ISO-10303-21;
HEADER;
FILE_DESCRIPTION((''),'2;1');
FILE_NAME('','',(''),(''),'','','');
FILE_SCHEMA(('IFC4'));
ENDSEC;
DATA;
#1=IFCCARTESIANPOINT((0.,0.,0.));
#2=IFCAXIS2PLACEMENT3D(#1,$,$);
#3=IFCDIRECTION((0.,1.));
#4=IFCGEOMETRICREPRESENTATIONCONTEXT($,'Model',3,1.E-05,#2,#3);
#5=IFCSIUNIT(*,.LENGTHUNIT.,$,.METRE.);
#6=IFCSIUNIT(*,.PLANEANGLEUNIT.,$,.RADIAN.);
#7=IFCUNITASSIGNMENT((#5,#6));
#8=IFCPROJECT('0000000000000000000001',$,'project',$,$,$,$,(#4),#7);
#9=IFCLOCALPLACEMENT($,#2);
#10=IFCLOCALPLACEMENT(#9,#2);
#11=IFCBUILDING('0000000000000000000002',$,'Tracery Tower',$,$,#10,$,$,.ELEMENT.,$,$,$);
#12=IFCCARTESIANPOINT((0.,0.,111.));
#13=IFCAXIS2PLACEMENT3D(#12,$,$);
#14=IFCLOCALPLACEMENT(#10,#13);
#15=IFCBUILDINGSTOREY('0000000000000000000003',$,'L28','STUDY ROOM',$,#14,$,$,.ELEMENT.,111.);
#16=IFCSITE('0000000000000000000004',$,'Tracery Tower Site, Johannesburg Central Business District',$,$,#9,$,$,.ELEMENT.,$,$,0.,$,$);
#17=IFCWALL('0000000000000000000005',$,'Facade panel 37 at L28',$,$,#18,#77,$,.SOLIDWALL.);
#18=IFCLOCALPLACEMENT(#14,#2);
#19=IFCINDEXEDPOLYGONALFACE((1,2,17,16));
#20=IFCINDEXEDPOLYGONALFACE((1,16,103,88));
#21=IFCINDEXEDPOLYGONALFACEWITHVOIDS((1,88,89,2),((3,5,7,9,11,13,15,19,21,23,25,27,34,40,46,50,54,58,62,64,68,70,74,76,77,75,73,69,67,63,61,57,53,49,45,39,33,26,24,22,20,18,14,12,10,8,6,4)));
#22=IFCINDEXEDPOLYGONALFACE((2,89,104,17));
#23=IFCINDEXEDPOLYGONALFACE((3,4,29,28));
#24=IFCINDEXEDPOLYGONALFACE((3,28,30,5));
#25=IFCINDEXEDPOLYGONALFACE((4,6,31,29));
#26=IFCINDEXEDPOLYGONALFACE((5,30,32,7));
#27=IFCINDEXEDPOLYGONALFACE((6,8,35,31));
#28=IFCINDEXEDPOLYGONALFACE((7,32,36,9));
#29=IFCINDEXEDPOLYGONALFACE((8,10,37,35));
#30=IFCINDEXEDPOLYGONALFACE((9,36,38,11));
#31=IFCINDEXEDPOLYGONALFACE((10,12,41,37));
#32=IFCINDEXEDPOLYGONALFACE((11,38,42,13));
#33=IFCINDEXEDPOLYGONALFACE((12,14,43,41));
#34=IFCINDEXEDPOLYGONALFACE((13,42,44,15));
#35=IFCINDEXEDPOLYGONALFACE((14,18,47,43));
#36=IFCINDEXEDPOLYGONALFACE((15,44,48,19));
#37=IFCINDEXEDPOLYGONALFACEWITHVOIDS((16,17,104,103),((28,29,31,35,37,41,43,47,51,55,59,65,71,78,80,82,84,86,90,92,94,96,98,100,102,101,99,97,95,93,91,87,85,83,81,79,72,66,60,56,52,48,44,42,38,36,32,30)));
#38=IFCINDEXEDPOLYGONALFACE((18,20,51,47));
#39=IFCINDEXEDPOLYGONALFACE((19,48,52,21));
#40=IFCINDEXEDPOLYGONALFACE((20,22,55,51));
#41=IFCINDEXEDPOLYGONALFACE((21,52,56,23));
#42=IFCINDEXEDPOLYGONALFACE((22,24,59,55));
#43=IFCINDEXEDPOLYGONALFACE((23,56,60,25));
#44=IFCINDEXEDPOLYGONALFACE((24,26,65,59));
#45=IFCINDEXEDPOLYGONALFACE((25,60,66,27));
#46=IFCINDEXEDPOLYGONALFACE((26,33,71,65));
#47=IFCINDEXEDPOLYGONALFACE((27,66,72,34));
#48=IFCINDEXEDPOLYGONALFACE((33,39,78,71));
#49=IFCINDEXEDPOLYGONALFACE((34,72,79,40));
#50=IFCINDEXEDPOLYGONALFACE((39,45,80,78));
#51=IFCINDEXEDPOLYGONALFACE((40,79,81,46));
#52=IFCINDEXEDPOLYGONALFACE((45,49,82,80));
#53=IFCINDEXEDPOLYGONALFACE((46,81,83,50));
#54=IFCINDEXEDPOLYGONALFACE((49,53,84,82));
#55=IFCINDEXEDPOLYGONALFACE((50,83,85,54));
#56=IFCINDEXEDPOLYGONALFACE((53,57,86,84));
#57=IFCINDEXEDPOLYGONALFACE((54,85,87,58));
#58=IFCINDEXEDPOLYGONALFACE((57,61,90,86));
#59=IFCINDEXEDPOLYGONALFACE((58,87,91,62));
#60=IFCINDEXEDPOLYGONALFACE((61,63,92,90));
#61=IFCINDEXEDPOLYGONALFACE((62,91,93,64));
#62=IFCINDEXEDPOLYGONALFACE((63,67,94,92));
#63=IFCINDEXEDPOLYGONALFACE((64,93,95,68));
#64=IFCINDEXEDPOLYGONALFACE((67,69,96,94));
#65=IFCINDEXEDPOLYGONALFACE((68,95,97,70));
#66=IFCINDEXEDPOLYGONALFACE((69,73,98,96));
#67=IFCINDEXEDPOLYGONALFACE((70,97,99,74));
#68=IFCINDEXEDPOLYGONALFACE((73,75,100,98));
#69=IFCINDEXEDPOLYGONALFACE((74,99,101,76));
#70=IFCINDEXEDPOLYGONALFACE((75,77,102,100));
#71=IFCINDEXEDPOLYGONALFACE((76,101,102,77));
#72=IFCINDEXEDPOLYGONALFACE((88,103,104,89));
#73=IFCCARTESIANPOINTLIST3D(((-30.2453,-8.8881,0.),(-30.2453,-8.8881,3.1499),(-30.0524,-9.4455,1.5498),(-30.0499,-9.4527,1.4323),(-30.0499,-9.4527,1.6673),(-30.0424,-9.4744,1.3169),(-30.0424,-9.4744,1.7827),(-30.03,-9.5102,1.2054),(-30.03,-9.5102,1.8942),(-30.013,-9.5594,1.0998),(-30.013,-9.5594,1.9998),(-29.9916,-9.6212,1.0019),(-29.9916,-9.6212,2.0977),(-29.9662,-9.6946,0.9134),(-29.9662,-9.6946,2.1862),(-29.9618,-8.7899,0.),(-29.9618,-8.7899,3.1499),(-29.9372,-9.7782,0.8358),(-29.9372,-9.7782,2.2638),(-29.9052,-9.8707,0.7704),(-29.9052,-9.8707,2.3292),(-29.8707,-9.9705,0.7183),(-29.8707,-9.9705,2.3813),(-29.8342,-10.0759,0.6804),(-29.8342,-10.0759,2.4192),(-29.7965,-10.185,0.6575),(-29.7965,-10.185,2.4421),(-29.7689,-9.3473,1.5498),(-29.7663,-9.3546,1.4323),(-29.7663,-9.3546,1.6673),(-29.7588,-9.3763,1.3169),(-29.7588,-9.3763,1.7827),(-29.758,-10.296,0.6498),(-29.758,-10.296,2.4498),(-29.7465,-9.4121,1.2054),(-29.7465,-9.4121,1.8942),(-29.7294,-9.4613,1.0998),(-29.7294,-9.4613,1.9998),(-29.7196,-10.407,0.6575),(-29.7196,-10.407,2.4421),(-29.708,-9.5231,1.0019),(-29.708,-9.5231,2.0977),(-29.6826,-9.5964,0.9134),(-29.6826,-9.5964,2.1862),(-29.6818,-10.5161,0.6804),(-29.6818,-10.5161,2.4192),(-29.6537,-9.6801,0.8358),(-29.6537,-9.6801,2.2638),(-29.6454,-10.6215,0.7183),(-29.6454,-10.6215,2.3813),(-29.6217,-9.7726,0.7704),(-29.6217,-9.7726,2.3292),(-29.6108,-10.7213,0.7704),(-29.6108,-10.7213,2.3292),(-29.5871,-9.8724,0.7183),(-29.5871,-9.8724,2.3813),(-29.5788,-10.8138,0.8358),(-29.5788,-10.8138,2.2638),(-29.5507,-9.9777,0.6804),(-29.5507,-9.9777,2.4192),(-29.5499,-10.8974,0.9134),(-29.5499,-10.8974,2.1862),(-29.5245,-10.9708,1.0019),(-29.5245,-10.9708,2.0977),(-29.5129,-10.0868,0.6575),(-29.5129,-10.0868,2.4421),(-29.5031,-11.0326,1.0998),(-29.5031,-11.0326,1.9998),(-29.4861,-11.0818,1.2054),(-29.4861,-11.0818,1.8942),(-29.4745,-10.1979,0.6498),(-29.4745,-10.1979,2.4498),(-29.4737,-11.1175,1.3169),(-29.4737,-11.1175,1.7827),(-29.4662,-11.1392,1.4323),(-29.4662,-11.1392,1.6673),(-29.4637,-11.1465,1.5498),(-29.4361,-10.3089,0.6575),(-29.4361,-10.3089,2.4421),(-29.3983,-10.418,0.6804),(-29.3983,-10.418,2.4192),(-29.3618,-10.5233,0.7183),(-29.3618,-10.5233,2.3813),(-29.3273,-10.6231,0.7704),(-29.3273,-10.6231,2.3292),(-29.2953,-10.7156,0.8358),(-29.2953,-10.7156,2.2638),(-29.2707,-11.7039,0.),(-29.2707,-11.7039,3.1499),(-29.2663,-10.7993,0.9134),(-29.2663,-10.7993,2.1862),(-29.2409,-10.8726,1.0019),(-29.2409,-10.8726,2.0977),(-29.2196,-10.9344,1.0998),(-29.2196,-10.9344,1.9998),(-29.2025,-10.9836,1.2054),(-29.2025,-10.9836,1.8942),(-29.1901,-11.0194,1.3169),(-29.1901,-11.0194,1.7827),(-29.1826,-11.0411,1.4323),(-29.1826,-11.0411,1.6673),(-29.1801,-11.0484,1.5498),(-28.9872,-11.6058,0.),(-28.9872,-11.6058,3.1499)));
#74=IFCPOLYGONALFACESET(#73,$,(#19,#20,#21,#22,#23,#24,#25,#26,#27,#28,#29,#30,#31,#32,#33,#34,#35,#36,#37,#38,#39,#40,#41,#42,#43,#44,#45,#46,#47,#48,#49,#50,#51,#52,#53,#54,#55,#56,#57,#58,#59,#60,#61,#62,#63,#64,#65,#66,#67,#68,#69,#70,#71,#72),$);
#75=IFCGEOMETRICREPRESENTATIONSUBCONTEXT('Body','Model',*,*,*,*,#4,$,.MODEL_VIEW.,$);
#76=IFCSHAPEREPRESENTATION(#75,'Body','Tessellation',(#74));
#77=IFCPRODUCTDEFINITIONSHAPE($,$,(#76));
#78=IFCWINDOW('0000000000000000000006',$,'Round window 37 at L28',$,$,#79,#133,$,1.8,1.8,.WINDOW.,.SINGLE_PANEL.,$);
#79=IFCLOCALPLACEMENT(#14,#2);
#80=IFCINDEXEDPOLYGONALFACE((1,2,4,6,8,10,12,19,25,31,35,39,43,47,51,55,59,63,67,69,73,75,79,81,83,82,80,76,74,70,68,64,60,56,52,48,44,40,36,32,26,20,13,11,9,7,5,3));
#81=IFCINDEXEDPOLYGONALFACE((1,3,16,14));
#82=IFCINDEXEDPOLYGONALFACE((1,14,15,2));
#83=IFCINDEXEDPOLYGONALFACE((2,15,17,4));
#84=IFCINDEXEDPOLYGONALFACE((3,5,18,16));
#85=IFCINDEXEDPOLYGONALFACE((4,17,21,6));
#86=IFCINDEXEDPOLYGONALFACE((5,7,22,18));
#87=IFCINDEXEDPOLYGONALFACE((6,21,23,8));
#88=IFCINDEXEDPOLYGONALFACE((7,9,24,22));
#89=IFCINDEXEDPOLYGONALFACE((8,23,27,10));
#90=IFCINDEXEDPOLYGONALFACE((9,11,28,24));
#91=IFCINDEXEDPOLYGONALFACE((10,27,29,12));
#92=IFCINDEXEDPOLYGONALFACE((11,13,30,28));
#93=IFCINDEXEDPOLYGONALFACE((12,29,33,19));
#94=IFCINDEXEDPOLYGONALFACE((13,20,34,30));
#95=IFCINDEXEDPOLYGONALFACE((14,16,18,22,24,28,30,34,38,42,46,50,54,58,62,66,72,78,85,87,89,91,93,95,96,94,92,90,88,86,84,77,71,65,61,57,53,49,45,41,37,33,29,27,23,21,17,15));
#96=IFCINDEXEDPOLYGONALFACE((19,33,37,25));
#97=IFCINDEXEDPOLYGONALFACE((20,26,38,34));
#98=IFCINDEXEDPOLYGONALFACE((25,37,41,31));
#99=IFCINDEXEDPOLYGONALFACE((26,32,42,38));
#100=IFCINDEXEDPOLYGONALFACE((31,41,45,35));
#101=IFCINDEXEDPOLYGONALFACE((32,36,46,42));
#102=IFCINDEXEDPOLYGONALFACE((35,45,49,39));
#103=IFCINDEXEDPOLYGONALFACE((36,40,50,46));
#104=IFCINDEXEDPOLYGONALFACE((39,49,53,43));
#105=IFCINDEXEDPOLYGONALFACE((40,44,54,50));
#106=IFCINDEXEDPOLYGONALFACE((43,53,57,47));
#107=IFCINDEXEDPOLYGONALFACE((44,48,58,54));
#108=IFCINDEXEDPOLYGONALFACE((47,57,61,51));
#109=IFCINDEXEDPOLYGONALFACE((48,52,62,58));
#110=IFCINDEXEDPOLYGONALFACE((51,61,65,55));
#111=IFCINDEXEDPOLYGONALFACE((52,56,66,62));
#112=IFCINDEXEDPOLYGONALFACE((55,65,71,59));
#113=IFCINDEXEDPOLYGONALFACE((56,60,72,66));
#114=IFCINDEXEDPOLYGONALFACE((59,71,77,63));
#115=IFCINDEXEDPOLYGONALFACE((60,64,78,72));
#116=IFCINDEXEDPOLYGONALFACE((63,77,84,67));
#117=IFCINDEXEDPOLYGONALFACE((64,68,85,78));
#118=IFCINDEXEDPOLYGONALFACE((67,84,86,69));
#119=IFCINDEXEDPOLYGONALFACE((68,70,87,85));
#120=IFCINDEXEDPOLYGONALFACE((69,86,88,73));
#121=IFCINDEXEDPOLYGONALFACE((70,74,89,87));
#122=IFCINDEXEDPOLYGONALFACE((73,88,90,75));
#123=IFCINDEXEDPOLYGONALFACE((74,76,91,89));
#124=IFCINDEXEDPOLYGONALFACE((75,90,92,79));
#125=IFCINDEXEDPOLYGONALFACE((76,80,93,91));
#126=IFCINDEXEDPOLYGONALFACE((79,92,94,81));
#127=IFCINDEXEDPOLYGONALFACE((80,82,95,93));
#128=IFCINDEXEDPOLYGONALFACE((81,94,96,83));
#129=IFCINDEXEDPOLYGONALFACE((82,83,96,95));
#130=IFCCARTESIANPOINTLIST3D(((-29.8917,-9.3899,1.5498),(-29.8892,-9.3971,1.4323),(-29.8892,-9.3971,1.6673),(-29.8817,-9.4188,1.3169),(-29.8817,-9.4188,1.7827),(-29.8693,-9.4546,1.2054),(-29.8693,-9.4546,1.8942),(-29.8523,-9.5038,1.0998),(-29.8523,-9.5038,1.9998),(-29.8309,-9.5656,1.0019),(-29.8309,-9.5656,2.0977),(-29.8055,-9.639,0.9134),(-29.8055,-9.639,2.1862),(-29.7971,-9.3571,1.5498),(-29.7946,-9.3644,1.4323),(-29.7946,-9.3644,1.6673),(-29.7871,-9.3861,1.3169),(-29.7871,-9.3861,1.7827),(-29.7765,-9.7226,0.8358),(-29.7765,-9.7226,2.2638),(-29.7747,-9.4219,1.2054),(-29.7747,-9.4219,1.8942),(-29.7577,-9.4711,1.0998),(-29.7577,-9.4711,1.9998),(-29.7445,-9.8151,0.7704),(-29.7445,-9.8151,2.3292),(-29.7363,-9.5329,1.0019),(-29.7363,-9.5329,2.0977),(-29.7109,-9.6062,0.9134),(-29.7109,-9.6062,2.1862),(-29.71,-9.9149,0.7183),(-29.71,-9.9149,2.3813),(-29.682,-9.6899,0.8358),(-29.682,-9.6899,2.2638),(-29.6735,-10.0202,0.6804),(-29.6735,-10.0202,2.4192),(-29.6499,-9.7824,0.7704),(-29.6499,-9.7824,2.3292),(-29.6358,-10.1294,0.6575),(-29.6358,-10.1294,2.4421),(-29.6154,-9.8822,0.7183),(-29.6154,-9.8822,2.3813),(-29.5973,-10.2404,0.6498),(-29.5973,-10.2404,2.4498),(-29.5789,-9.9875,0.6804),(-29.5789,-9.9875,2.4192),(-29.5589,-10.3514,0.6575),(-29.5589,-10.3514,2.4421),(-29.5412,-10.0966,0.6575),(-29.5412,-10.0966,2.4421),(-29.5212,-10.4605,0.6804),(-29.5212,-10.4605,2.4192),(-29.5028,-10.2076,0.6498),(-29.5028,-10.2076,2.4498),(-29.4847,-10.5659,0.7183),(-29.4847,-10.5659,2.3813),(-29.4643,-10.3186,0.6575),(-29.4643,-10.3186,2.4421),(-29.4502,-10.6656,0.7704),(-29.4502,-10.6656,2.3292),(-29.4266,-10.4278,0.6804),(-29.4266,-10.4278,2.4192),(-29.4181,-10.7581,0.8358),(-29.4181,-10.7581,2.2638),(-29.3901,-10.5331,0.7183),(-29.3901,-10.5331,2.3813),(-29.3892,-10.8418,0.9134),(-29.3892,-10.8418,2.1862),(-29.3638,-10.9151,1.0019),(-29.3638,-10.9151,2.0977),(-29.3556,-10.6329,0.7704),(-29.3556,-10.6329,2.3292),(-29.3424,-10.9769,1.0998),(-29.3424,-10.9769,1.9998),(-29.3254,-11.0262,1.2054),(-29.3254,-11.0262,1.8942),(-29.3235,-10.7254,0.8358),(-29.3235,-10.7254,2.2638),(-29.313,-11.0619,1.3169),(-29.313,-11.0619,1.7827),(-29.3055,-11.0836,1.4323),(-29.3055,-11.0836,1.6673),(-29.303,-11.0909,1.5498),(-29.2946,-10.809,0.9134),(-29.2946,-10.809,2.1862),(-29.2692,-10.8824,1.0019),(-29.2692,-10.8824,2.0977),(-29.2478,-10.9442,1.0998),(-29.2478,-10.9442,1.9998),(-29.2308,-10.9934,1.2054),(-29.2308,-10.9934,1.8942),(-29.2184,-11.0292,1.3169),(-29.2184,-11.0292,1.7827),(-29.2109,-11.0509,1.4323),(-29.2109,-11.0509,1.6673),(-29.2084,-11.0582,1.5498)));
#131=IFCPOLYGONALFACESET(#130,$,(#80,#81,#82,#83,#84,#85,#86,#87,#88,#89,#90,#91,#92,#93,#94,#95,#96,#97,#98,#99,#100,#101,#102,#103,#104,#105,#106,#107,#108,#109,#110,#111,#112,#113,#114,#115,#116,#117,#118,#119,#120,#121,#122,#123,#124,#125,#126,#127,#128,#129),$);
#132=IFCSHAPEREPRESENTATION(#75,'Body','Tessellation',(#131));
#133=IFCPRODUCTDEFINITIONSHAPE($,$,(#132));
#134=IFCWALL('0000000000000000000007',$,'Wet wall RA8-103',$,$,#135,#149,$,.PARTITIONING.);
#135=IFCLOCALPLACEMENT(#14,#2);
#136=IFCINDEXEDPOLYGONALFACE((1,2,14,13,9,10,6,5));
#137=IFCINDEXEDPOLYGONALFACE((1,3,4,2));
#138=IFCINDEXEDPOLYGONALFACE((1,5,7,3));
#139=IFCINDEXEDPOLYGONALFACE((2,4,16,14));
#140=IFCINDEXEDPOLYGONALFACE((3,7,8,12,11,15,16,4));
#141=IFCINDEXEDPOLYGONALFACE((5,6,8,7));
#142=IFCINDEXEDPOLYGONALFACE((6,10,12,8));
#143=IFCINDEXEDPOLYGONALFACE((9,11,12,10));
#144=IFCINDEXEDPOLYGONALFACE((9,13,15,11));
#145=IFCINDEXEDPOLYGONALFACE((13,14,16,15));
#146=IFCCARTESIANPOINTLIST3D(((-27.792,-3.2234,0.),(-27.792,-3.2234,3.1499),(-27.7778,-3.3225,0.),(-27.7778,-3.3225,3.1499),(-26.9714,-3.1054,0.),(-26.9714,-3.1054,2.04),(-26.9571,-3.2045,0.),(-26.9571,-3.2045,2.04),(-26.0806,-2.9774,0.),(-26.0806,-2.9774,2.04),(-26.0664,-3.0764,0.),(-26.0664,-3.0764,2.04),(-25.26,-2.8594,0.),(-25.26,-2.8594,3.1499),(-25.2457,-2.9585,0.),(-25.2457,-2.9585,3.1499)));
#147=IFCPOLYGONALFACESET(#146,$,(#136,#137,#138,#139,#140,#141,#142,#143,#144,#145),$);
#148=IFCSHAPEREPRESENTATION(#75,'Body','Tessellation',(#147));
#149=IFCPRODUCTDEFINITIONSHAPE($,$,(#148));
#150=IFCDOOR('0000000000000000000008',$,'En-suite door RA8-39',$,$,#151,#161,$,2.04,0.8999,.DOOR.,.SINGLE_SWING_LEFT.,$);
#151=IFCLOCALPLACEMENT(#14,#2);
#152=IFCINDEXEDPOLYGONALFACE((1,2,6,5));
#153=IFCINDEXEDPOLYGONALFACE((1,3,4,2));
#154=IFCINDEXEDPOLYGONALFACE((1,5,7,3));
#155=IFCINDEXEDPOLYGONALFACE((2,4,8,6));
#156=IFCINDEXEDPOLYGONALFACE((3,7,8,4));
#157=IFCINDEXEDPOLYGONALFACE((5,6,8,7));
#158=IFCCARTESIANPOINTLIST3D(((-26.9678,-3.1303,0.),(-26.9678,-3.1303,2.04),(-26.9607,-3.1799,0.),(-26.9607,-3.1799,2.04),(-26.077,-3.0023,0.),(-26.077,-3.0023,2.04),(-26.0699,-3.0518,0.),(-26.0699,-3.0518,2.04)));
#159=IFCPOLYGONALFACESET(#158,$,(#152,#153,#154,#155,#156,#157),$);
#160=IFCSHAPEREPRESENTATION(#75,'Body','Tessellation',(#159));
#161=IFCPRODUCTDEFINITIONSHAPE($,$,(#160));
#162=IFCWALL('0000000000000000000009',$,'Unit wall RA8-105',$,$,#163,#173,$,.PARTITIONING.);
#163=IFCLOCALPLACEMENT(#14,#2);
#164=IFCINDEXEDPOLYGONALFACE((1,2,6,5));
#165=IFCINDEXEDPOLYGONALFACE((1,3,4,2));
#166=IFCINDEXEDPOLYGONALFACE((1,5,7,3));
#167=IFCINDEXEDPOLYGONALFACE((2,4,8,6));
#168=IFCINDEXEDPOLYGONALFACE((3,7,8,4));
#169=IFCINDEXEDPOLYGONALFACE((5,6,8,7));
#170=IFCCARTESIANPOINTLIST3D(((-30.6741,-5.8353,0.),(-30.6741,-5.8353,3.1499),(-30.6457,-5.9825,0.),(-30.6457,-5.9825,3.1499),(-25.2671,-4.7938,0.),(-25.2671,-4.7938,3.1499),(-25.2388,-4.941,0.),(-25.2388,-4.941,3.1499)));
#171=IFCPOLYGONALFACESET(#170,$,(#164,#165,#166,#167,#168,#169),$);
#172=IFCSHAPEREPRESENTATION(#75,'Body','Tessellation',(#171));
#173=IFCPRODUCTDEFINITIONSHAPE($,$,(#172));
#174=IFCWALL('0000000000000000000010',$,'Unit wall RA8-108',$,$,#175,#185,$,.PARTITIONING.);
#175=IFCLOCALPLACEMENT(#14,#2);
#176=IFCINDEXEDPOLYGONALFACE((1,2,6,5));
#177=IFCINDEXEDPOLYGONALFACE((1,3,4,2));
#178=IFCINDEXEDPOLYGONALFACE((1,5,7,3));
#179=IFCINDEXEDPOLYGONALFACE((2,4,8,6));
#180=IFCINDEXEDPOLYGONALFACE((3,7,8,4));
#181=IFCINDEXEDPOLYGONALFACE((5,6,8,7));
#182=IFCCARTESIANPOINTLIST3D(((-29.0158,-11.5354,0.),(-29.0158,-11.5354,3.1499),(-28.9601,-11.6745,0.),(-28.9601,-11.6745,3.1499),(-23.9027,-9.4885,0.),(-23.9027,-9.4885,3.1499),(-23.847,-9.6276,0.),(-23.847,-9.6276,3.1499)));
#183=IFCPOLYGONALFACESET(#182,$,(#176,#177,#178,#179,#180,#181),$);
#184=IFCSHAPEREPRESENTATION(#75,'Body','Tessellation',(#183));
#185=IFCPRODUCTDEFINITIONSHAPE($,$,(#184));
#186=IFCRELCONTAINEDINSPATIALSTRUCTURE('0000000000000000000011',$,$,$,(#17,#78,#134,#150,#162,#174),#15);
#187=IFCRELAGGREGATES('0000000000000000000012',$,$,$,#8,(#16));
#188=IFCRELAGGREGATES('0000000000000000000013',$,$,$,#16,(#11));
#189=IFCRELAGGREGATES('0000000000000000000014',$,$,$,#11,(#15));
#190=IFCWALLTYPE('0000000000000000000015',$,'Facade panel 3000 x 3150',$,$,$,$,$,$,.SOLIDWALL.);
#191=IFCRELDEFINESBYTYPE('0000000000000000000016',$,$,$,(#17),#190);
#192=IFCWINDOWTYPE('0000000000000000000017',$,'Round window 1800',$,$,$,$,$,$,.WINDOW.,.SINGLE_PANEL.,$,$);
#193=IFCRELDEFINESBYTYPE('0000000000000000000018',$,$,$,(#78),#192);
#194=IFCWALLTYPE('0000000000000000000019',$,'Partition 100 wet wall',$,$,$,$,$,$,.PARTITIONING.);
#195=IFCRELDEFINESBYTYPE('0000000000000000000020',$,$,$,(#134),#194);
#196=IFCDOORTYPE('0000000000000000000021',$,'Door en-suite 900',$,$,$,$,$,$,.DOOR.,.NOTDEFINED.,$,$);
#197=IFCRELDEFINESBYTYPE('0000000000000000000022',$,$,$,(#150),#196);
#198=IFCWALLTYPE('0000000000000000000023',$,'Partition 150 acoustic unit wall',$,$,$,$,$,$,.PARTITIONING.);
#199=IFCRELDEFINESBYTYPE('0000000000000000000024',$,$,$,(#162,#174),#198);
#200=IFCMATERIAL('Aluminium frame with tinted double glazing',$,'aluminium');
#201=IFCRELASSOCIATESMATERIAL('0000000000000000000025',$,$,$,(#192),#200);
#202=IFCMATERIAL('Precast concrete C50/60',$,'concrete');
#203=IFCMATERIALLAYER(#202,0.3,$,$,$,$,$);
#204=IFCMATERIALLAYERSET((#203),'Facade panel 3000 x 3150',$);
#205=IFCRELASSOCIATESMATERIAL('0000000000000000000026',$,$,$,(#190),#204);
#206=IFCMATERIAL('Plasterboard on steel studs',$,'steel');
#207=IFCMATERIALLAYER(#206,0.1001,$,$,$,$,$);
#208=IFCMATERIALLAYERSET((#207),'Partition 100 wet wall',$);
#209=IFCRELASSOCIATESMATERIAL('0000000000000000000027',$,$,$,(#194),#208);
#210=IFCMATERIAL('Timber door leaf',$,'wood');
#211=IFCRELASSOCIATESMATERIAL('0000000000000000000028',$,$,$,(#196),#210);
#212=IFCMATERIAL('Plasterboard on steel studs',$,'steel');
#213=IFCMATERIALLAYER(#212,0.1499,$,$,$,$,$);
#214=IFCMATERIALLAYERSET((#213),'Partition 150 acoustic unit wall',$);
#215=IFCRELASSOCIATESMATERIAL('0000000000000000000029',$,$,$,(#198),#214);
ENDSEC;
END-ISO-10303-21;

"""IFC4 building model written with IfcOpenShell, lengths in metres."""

from ifc_helpers import new_model, si_unit, direction, frame, frame_2d, origin, origin_2d, place, context, subcontext, project, spatial, rectangle, circle, extrude, material, layer, layer_set, type_object, element, fill, save


model = new_model("IFC4")

# Units and contexts
model_context = context("Model", 3, precision=1e-05, world=origin(), true_north=direction((0.0, 1.0)))
body_context = subcontext(model_context, "Body", "Model", "MODEL_VIEW")
ifc_project = project(units=[si_unit("LENGTHUNIT", "METRE"), si_unit("PLANEANGLEUNIT", "RADIAN")], contexts=[model_context])

# Site, building, storey
site_placement = place(None, origin())
site = spatial("IfcSite", under=ifc_project, at=site_placement, Name="Tracery Tower Site, Johannesburg Central Business District", CompositionType="ELEMENT", RefElevation=0.0)
building_placement = place(site_placement, origin())
building = spatial("IfcBuilding", under=site, at=building_placement, Name="Tracery Tower", CompositionType="ELEMENT")
storey_placement = place(building_placement, frame((0.0, 0.0, 111.0)))
storey = spatial("IfcBuildingStorey", under=building, at=storey_placement, Name="L28", Description="STUDY ROOM", CompositionType="ELEMENT", Elevation=111.0)

# Wall, opening, window
ifc_material_1 = material(Name="Aluminium frame with tinted double glazing", Category="aluminium")
window_type = type_object("IfcWindowType", Name="Round window 1800", PartitioningType="SINGLE_PANEL", PredefinedType="WINDOW", material=ifc_material_1)
ifc_material_2 = material(Name="Precast concrete C50/60", Category="concrete")
ifc_layer_1 = layer(ifc_material_2, 0.3)
ifc_layer_set_1 = layer_set([ifc_layer_1], Name="Facade panel 3000 x 3150")
wall_type_1 = type_object("IfcWallType", Name="Facade panel 3000 x 3150", PredefinedType="SOLIDWALL", material=ifc_layer_set_1)
wall_1_placement = place(storey_placement, frame((-30.1035, -8.8391, 0.0), z_axis=(0.0, 0.0, 1.0), x_axis=(0.327071, -0.945, 0.0)))
wall_1 = element("IfcWall", 1, at=wall_1_placement, inside=storey, type_object=wall_type_1, Name="Facade panel 37 at L28", PredefinedType="SOLIDWALL", context=body_context, shape_type="SweptSolid", body=[
    extrude(rectangle(XDim=2.9797, YDim=0.3, at=frame_2d((1.4897, 0.0))), origin(), (0.0, 0.0, 1.0), 3.1499),
])
opening_1_placement = place(wall_1_placement, frame((1.4897, 0.0, 1.5498)))
opening_1 = element("IfcOpeningElement", 2, at=opening_1_placement, cuts=wall_1, PredefinedType="OPENING", context=body_context, shape_type="SweptSolid", body=[
    extrude(circle(Radius=0.9, at=origin_2d()), frame((0.0, 0.1599, 0.0), z_axis=(0.0, -1.0, 0.0), x_axis=(1.0, 0.0, 0.0)), (0.0, 0.0, 1.0), 0.3201),
])
window_1_placement = place(opening_1_placement, origin())
window_1 = element("IfcWindow", 3, at=window_1_placement, inside=storey, type_object=window_type, Name="Round window 37 at L28", OverallHeight=1.8, OverallWidth=1.8, PartitioningType="SINGLE_PANEL", PredefinedType="WINDOW", context=body_context, shape_type="SweptSolid", body=[
    extrude(circle(Radius=0.9, at=origin_2d()), frame((0.0, 0.1201, 0.0), z_axis=(0.0, -1.0, 0.0), x_axis=(1.0, 0.0, 0.0)), (0.0, 0.0, 1.0), 0.1001),
])
fill(opening_1, window_1)

# Wall, opening, door
ifc_material_3 = material(Name="Plasterboard on steel studs", Category="steel")
ifc_layer_2 = layer(ifc_material_3, 0.1001)
ifc_layer_set_2 = layer_set([ifc_layer_2], Name="Partition 100 wet wall")
wall_type_2 = type_object("IfcWallType", Name="Partition 100 wet wall", PredefinedType="PARTITIONING", material=ifc_layer_set_2)
wall_2_placement = place(storey_placement, frame((-27.7849, -3.2729, 0.0), z_axis=(0.0, 0.0, 1.0), x_axis=(0.989823, 0.142303, 0.0)))
wall_2 = element("IfcWall", 4, at=wall_2_placement, inside=storey, type_object=wall_type_2, Name="Wet wall RA8-103", PredefinedType="PARTITIONING", context=body_context, shape_type="SweptSolid", body=[
    extrude(rectangle(XDim=2.5581, YDim=0.1001, at=frame_2d((1.2791, 0.0))), origin(), (0.0, 0.0, 1.0), 3.1499),
])
opening_2_placement = place(wall_2_placement, frame((0.8291, 0.0, 0.0)))
opening_2 = element("IfcOpeningElement", 5, at=opening_2_placement, cuts=wall_2, PredefinedType="OPENING", context=body_context, shape_type="SweptSolid", body=[
    extrude(rectangle(XDim=0.8999, YDim=2.04, at=frame_2d((0.45, 1.02))), frame((0.0, 0.05, 0.0), z_axis=(0.0, -1.0, 0.0), x_axis=(1.0, 0.0, 0.0)), (0.0, 0.0, 1.0), 0.1001),
])
ifc_material_4 = material(Name="Timber door leaf", Category="wood")
door_type = type_object("IfcDoorType", Name="Door en-suite 900", OperationType="NOTDEFINED", PredefinedType="DOOR", material=ifc_material_4)
door_placement = place(opening_2_placement, origin())
door = element("IfcDoor", 6, at=door_placement, inside=storey, type_object=door_type, Name="En-suite door RA8-39", OperationType="SINGLE_SWING_LEFT", OverallHeight=2.04, OverallWidth=0.8999, PredefinedType="DOOR", context=body_context, shape_type="SweptSolid", body=[
    extrude(rectangle(XDim=0.8999, YDim=2.04, at=frame_2d((0.45, 1.02))), frame((0.0, 0.0249, 0.0), z_axis=(0.0, -1.0, 0.0), x_axis=(1.0, 0.0, 0.0)), (0.0, 0.0, 1.0), 0.05),
])
fill(opening_2, door)

# Walls
ifc_material_5 = material(Name="Plasterboard on steel studs", Category="steel")
ifc_layer_3 = layer(ifc_material_5, 0.1499)
ifc_layer_set_3 = layer_set([ifc_layer_3], Name="Partition 150 acoustic unit wall")
wall_type_3 = type_object("IfcWallType", Name="Partition 150 acoustic unit wall", PredefinedType="PARTITIONING", material=ifc_layer_set_3)
wall_3_placement = place(storey_placement, frame((-30.6599, -5.9089, 0.0), z_axis=(0.0, 0.0, 1.0), x_axis=(0.981949, 0.189145, 0.0)))
element("IfcWall", 7, at=wall_3_placement, inside=storey, type_object=wall_type_3, Name="Unit wall RA8-105", PredefinedType="PARTITIONING", context=body_context, shape_type="SweptSolid", body=[
    extrude(rectangle(XDim=5.5063, YDim=0.1499, at=frame_2d((2.7532, 0.0))), origin(), (0.0, 0.0, 1.0), 3.1499),
])
wall_4_placement = place(storey_placement, frame((-28.988, -11.605, 0.0), z_axis=(0.0, 0.0, 1.0), x_axis=(0.928373, 0.371651, 0.0)))
element("IfcWall", 8, at=wall_4_placement, inside=storey, type_object=wall_type_3, Name="Unit wall RA8-108", PredefinedType="PARTITIONING", context=body_context, shape_type="SweptSolid", body=[
    extrude(rectangle(XDim=5.5076, YDim=0.1499, at=frame_2d((2.7539, 0.0))), origin(), (0.0, 0.0, 1.0), 3.1499),
])

save(model, "model.ifc")
